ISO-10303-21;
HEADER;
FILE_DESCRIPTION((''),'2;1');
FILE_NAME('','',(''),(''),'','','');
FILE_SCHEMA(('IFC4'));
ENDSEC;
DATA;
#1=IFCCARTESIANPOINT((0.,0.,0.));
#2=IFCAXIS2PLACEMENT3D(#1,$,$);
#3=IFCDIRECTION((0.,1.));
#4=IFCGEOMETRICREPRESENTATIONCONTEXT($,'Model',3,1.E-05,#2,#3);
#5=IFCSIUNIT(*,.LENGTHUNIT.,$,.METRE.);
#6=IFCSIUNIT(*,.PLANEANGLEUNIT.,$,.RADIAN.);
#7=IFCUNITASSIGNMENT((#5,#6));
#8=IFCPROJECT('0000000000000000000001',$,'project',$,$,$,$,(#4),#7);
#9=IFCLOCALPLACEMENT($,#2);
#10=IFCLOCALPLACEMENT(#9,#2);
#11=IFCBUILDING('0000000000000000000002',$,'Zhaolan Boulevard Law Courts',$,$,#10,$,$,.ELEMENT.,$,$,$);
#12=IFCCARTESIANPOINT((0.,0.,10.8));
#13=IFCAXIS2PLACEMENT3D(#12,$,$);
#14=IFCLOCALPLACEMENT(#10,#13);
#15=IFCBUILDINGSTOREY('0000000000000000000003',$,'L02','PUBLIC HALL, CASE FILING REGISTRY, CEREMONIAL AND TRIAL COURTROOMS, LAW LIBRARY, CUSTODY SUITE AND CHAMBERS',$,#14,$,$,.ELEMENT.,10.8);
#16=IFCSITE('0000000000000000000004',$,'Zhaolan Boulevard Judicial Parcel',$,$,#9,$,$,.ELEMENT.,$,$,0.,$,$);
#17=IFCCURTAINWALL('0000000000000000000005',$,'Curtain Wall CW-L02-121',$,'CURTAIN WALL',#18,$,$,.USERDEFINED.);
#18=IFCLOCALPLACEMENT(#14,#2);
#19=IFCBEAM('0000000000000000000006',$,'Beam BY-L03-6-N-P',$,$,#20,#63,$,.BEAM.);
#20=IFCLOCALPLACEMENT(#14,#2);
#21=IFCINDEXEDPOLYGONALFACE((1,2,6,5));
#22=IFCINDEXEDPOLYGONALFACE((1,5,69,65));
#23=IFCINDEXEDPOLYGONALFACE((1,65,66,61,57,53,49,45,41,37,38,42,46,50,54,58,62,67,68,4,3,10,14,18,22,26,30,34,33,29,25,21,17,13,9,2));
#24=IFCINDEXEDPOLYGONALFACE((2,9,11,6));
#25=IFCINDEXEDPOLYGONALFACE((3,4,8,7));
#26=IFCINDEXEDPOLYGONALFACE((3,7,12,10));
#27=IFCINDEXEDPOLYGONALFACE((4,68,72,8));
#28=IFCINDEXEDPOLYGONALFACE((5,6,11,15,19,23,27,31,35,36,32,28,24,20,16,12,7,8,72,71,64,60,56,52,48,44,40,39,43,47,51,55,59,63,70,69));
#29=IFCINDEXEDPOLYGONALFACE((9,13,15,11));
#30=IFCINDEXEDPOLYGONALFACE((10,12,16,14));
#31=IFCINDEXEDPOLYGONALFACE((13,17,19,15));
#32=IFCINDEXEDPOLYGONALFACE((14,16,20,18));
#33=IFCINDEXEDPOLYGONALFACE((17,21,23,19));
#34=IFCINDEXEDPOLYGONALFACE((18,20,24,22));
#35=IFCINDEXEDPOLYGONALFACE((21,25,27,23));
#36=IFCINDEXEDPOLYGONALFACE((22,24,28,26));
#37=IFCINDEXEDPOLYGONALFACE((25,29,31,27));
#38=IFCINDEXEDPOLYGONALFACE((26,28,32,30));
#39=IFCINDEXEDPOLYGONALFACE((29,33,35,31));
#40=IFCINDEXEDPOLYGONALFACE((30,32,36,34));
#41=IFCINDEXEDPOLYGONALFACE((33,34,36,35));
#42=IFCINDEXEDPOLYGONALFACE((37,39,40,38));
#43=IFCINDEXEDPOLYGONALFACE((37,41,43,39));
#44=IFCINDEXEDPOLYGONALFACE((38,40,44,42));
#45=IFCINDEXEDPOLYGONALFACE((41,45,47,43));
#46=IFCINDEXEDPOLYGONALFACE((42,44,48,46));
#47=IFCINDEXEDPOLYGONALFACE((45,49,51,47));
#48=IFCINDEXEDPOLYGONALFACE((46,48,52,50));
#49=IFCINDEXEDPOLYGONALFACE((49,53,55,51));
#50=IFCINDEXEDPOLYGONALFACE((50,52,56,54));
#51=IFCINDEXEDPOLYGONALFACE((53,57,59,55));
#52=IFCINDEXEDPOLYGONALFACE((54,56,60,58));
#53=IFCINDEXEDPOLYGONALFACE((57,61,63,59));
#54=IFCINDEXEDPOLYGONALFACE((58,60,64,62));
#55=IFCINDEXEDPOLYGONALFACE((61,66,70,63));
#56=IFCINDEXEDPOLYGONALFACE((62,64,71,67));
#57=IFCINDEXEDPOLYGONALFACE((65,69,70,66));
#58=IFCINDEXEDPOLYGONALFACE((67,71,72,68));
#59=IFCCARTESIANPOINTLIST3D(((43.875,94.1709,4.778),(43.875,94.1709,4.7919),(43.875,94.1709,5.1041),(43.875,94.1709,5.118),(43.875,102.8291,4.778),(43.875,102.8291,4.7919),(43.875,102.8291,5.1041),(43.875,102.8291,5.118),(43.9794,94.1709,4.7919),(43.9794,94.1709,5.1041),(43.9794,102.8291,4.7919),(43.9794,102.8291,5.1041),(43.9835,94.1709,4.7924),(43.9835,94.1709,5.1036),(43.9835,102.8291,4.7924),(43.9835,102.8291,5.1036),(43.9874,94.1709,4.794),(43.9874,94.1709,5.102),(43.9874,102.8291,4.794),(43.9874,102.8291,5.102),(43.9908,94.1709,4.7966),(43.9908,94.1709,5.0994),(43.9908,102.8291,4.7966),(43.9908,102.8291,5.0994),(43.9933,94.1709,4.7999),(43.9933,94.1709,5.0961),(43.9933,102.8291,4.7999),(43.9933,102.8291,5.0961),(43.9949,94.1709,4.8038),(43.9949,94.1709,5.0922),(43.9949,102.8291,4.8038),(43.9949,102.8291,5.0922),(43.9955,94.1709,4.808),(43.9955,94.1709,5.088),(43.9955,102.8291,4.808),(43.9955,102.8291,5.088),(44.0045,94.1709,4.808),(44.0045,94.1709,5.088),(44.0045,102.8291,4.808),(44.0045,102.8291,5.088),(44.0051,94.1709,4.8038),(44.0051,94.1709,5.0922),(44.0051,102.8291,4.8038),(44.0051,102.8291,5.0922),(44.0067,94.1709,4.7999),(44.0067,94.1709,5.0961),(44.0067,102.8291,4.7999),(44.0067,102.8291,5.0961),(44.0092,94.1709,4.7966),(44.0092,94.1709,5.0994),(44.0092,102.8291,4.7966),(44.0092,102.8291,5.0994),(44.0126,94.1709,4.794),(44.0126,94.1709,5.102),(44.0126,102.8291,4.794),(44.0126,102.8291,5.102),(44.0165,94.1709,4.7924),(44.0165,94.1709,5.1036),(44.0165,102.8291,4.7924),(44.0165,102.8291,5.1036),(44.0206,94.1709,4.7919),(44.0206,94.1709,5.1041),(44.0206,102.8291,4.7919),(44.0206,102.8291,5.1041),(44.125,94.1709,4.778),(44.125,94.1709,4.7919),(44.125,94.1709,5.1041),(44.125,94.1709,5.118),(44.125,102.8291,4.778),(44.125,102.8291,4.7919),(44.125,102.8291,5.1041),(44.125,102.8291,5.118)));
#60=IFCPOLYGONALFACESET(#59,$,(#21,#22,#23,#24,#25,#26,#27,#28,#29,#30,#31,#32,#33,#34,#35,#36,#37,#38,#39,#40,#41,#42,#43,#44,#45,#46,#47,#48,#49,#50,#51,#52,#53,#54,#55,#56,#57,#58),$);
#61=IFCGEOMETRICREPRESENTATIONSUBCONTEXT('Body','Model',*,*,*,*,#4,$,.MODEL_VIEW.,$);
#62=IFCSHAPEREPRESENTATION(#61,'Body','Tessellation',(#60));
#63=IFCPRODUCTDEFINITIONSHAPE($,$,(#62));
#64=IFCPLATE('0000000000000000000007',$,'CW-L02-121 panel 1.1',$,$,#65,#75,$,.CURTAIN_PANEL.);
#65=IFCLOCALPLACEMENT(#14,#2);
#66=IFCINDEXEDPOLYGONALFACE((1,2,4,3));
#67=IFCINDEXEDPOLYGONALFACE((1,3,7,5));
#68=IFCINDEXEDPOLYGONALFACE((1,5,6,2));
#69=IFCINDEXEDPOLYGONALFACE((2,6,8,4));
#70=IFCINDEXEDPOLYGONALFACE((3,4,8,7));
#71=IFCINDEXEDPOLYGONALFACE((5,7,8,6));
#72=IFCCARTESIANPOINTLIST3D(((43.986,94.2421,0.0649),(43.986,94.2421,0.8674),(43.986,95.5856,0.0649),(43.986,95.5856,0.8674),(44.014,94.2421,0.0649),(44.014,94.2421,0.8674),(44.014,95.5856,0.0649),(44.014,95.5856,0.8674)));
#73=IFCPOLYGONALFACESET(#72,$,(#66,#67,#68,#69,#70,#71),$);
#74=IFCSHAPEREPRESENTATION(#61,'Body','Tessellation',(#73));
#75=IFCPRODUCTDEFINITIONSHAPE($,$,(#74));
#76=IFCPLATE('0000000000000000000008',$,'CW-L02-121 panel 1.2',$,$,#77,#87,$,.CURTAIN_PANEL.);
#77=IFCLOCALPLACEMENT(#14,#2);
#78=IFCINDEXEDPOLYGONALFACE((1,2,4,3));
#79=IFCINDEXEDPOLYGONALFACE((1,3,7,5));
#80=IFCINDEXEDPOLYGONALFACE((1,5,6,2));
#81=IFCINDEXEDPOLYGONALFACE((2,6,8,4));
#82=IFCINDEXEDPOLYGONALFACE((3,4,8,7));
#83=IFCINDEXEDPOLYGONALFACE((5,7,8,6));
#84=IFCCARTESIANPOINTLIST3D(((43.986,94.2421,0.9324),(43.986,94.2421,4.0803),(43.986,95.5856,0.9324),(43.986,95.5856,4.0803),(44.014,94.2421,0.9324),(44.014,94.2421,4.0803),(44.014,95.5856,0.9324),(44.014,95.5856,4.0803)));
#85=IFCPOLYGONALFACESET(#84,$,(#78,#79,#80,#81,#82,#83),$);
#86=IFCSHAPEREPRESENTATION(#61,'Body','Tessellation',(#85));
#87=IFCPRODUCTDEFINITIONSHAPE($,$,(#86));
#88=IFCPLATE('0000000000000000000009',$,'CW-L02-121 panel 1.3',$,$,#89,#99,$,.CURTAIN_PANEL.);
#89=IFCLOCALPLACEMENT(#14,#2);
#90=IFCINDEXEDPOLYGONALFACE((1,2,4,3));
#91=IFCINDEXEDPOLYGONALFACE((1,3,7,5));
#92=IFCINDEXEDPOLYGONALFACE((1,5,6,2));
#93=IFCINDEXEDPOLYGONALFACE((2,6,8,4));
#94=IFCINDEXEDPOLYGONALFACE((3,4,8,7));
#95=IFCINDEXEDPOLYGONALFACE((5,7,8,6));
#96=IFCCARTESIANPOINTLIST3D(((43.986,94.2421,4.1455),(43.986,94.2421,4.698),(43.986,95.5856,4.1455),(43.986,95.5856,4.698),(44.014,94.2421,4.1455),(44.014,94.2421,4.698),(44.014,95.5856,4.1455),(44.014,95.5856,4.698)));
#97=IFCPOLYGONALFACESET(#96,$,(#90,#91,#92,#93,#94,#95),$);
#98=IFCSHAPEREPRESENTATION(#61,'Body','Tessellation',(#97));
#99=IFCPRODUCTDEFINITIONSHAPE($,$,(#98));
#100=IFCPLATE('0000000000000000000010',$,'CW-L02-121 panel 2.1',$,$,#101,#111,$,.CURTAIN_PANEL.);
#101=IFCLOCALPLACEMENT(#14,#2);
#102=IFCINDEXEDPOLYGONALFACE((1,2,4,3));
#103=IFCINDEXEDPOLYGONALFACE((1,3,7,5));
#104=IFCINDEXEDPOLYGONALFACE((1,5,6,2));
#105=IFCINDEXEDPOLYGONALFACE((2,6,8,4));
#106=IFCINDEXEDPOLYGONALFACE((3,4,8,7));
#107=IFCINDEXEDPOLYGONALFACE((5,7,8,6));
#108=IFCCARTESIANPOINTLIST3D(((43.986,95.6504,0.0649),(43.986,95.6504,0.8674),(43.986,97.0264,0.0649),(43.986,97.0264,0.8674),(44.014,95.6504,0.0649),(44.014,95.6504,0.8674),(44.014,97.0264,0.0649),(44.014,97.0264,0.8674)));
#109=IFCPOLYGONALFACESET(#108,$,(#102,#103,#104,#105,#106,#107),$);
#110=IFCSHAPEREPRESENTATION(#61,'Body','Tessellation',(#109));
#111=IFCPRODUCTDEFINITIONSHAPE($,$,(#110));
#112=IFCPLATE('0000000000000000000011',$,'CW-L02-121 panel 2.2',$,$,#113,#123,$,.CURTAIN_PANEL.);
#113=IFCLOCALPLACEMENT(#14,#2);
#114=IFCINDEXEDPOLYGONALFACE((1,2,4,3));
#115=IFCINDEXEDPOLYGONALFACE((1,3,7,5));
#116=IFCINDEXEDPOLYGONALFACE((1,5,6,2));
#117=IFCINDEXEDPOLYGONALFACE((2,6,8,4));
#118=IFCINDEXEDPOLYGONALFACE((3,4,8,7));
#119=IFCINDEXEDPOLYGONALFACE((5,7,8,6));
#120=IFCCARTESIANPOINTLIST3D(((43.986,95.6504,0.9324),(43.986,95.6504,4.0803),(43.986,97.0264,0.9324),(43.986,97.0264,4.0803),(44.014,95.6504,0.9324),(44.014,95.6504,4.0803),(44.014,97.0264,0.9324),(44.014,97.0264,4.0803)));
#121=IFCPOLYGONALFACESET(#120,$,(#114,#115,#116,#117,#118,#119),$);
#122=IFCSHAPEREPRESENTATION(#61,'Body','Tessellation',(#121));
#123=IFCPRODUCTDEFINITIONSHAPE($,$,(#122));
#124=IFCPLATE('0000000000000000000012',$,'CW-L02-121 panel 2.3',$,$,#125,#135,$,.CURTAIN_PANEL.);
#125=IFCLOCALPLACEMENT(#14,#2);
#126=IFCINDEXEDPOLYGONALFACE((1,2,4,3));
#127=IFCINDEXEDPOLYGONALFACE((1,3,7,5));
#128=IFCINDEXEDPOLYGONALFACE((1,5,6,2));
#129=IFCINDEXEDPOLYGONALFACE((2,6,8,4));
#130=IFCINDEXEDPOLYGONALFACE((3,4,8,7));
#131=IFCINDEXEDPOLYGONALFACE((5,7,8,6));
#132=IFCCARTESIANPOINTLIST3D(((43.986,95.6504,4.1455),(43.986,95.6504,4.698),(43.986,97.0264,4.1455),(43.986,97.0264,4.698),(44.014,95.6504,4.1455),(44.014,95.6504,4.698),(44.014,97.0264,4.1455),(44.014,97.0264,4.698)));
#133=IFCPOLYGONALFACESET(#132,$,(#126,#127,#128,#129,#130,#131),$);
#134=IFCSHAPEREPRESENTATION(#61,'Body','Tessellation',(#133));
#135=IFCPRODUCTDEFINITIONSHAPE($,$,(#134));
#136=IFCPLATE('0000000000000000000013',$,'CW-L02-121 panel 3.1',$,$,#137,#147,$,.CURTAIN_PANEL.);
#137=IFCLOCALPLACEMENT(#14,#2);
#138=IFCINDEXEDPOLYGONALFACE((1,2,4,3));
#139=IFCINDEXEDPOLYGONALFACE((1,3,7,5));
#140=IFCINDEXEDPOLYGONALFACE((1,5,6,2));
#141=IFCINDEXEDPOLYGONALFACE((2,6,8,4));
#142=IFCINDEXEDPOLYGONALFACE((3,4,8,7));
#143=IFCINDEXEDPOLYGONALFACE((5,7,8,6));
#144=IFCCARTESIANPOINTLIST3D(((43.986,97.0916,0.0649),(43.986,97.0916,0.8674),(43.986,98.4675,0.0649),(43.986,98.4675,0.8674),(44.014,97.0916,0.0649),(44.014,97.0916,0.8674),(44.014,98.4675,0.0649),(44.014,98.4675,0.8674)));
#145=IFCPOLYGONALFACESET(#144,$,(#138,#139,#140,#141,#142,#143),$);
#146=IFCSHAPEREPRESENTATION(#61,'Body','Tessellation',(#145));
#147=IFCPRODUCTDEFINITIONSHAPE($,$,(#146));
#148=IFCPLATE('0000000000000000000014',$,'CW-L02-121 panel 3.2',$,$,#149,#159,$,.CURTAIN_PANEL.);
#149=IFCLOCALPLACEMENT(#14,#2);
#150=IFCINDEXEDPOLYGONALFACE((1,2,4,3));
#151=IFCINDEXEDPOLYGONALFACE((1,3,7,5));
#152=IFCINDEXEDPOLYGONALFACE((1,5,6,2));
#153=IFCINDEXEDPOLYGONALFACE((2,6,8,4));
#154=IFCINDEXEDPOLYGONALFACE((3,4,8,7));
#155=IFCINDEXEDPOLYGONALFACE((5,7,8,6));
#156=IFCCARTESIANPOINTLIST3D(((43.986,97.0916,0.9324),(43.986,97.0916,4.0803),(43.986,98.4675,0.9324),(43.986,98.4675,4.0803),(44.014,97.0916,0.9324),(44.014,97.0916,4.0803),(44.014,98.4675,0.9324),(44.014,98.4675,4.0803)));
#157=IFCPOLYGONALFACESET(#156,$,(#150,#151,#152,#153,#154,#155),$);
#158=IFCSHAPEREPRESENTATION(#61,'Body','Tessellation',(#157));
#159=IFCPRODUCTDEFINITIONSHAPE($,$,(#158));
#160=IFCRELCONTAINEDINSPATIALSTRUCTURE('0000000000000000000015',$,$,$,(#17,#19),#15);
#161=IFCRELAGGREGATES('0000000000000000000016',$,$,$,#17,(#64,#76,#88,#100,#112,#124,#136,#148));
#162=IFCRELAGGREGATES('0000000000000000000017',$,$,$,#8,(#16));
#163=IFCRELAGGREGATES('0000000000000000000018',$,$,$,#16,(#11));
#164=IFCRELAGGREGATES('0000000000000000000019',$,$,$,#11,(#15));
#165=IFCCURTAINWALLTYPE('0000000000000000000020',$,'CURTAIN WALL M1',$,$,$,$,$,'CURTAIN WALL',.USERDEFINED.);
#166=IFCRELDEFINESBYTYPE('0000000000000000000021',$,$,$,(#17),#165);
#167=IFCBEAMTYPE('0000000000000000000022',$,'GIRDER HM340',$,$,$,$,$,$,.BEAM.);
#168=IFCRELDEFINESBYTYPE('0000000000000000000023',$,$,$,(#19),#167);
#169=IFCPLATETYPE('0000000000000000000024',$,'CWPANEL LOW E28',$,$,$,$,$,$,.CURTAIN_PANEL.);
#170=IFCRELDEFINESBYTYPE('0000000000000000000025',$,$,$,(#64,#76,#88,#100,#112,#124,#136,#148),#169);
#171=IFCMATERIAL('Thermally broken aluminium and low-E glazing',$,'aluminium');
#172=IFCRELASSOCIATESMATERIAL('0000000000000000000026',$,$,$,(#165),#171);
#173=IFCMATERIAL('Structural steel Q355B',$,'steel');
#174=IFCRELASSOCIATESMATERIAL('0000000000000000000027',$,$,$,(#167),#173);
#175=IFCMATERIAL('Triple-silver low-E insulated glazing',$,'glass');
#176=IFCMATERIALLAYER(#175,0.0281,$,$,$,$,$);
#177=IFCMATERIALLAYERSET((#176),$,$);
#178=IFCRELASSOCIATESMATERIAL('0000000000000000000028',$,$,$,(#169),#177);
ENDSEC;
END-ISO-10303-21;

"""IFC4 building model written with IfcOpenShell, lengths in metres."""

from ifc_helpers import new_model, si_unit, direction, frame, origin, origin_2d, place, context, subcontext, project, spatial, rectangle, i_section, extrude, material, layer, layer_set, material_profile, profile_set, type_object, element, aggregate, save


model = new_model("IFC4")

# Units and contexts
model_context = context("Model", 3, precision=1e-05, world=origin(), true_north=direction((0.0, 1.0)))
body_context = subcontext(model_context, "Body", "Model", "MODEL_VIEW")
ifc_project = project(units=[si_unit("LENGTHUNIT", "METRE"), si_unit("PLANEANGLEUNIT", "RADIAN")], contexts=[model_context])

# Site, building, storey
site_placement = place(None, origin())
site = spatial("IfcSite", under=ifc_project, at=site_placement, Name="Zhaolan Boulevard Judicial Parcel", CompositionType="ELEMENT", RefElevation=0.0)
building_placement = place(site_placement, origin())
building = spatial("IfcBuilding", under=site, at=building_placement, Name="Zhaolan Boulevard Law Courts", CompositionType="ELEMENT")
storey_placement = place(building_placement, frame((0.0, 0.0, 10.8)))
storey = spatial("IfcBuildingStorey", under=building, at=storey_placement, Name="L02", Description="PUBLIC HALL, CASE FILING REGISTRY, CEREMONIAL AND TRIAL COURTROOMS, LAW LIBRARY, CUSTODY SUITE AND CHAMBERS", CompositionType="ELEMENT", Elevation=10.8)

# Curtain wall
ifc_material_1 = material(Name="Thermally broken aluminium and low-E glazing", Category="aluminium")
curtain_wall_type = type_object("IfcCurtainWallType", Name="CURTAIN WALL M1", ElementType="CURTAIN WALL", PredefinedType="USERDEFINED", material=ifc_material_1)
curtain_wall_placement = place(storey_placement, origin())
curtain_wall = element("IfcCurtainWall", 1, at=curtain_wall_placement, inside=storey, type_object=curtain_wall_type, Name="Curtain Wall CW-L02-121", ObjectType="CURTAIN WALL", PredefinedType="USERDEFINED")

# Beam
ifc_material_2 = material(Name="Structural steel Q355B", Category="steel")
ifc_material_profile_1 = material_profile(ifc_material_2, i_section(OverallWidth=0.25, OverallDepth=0.3401, WebThickness=0.009, FlangeThickness=0.0139, FilletRadius=0.0161, at=origin_2d()), Name="HM340x250")
ifc_profile_set_1 = profile_set([ifc_material_profile_1], Name="Structural steel Q355B")
beam_type = type_object("IfcBeamType", Name="GIRDER HM340", PredefinedType="BEAM", material=ifc_profile_set_1)
beam_placement = place(storey_placement, frame((44.0, 94.1709, 4.948), z_axis=(0.0, 1.0, 0.0), x_axis=(-1.0, 0.0, 0.0)))
element("IfcBeam", 2, at=beam_placement, inside=storey, type_object=beam_type, Name="Beam BY-L03-6-N-P", PredefinedType="BEAM", context=body_context, shape_type="SweptSolid", body=[
    extrude(i_section(OverallWidth=0.25, OverallDepth=0.3401, WebThickness=0.009, FlangeThickness=0.0139, FilletRadius=0.0161, at=origin_2d()), origin(), (0.0, 0.0, 1.0), 8.6582),
])

# Plates
ifc_material_3 = material(Name="Triple-silver low-E insulated glazing", Category="glass")
ifc_layer = layer(ifc_material_3, 0.0281)
ifc_layer_set = layer_set([ifc_layer])
plate_type = type_object("IfcPlateType", Name="CWPANEL LOW E28", PredefinedType="CURTAIN_PANEL", material=ifc_layer_set)
plate_1_placement = place(storey_placement, frame((44.0, 94.9138, 0.0649), z_axis=(0.0, 0.0, 1.0), x_axis=(0.0, 1.0, 0.0)))
plate_1 = element("IfcPlate", 3, at=plate_1_placement, type_object=plate_type, Name="CW-L02-121 panel 1.1", PredefinedType="CURTAIN_PANEL", context=body_context, shape_type="SweptSolid", body=[
    extrude(rectangle(XDim=1.3435, YDim=0.0281, at=origin_2d()), origin(), (0.0, 0.0, 1.0), 0.8025),
])
plate_2_placement = place(storey_placement, frame((44.0, 94.9138, 0.9324), z_axis=(0.0, 0.0, 1.0), x_axis=(0.0, 1.0, 0.0)))
plate_2 = element("IfcPlate", 4, at=plate_2_placement, type_object=plate_type, Name="CW-L02-121 panel 1.2", PredefinedType="CURTAIN_PANEL", context=body_context, shape_type="SweptSolid", body=[
    extrude(rectangle(XDim=1.3435, YDim=0.0281, at=origin_2d()), origin(), (0.0, 0.0, 1.0), 3.1479),
])
plate_3_placement = place(storey_placement, frame((44.0, 94.9138, 4.1455), z_axis=(0.0, 0.0, 1.0), x_axis=(0.0, 1.0, 0.0)))
plate_3 = element("IfcPlate", 5, at=plate_3_placement, type_object=plate_type, Name="CW-L02-121 panel 1.3", PredefinedType="CURTAIN_PANEL", context=body_context, shape_type="SweptSolid", body=[
    extrude(rectangle(XDim=1.3435, YDim=0.0281, at=origin_2d()), origin(), (0.0, 0.0, 1.0), 0.5525),
])
plate_4_placement = place(storey_placement, frame((44.0, 96.3384, 0.0649), z_axis=(0.0, 0.0, 1.0), x_axis=(0.0, 1.0, 0.0)))
plate_4 = element("IfcPlate", 6, at=plate_4_placement, type_object=plate_type, Name="CW-L02-121 panel 2.1", PredefinedType="CURTAIN_PANEL", context=body_context, shape_type="SweptSolid", body=[
    extrude(rectangle(XDim=1.376, YDim=0.0281, at=origin_2d()), origin(), (0.0, 0.0, 1.0), 0.8025),
])
plate_5_placement = place(storey_placement, frame((44.0, 96.3384, 0.9324), z_axis=(0.0, 0.0, 1.0), x_axis=(0.0, 1.0, 0.0)))
plate_5 = element("IfcPlate", 7, at=plate_5_placement, type_object=plate_type, Name="CW-L02-121 panel 2.2", PredefinedType="CURTAIN_PANEL", context=body_context, shape_type="SweptSolid", body=[
    extrude(rectangle(XDim=1.376, YDim=0.0281, at=origin_2d()), origin(), (0.0, 0.0, 1.0), 3.1479),
])
plate_6_placement = place(storey_placement, frame((44.0, 96.3384, 4.1455), z_axis=(0.0, 0.0, 1.0), x_axis=(0.0, 1.0, 0.0)))
plate_6 = element("IfcPlate", 8, at=plate_6_placement, type_object=plate_type, Name="CW-L02-121 panel 2.3", PredefinedType="CURTAIN_PANEL", context=body_context, shape_type="SweptSolid", body=[
    extrude(rectangle(XDim=1.376, YDim=0.0281, at=origin_2d()), origin(), (0.0, 0.0, 1.0), 0.5525),
])
plate_7_placement = place(storey_placement, frame((44.0, 97.7795, 0.0649), z_axis=(0.0, 0.0, 1.0), x_axis=(0.0, 1.0, 0.0)))
plate_7 = element("IfcPlate", 9, at=plate_7_placement, type_object=plate_type, Name="CW-L02-121 panel 3.1", PredefinedType="CURTAIN_PANEL", context=body_context, shape_type="SweptSolid", body=[
    extrude(rectangle(XDim=1.376, YDim=0.0281, at=origin_2d()), origin(), (0.0, 0.0, 1.0), 0.8025),
])
plate_8_placement = place(storey_placement, frame((44.0, 97.7795, 0.9324), z_axis=(0.0, 0.0, 1.0), x_axis=(0.0, 1.0, 0.0)))
plate_8 = element("IfcPlate", 10, at=plate_8_placement, type_object=plate_type, Name="CW-L02-121 panel 3.2", PredefinedType="CURTAIN_PANEL", context=body_context, shape_type="SweptSolid", body=[
    extrude(rectangle(XDim=1.376, YDim=0.0281, at=origin_2d()), origin(), (0.0, 0.0, 1.0), 3.1479),
])
aggregate(curtain_wall, [plate_1, plate_2, plate_3, plate_4, plate_5, plate_6, plate_7, plate_8])

save(model, "model.ifc")
